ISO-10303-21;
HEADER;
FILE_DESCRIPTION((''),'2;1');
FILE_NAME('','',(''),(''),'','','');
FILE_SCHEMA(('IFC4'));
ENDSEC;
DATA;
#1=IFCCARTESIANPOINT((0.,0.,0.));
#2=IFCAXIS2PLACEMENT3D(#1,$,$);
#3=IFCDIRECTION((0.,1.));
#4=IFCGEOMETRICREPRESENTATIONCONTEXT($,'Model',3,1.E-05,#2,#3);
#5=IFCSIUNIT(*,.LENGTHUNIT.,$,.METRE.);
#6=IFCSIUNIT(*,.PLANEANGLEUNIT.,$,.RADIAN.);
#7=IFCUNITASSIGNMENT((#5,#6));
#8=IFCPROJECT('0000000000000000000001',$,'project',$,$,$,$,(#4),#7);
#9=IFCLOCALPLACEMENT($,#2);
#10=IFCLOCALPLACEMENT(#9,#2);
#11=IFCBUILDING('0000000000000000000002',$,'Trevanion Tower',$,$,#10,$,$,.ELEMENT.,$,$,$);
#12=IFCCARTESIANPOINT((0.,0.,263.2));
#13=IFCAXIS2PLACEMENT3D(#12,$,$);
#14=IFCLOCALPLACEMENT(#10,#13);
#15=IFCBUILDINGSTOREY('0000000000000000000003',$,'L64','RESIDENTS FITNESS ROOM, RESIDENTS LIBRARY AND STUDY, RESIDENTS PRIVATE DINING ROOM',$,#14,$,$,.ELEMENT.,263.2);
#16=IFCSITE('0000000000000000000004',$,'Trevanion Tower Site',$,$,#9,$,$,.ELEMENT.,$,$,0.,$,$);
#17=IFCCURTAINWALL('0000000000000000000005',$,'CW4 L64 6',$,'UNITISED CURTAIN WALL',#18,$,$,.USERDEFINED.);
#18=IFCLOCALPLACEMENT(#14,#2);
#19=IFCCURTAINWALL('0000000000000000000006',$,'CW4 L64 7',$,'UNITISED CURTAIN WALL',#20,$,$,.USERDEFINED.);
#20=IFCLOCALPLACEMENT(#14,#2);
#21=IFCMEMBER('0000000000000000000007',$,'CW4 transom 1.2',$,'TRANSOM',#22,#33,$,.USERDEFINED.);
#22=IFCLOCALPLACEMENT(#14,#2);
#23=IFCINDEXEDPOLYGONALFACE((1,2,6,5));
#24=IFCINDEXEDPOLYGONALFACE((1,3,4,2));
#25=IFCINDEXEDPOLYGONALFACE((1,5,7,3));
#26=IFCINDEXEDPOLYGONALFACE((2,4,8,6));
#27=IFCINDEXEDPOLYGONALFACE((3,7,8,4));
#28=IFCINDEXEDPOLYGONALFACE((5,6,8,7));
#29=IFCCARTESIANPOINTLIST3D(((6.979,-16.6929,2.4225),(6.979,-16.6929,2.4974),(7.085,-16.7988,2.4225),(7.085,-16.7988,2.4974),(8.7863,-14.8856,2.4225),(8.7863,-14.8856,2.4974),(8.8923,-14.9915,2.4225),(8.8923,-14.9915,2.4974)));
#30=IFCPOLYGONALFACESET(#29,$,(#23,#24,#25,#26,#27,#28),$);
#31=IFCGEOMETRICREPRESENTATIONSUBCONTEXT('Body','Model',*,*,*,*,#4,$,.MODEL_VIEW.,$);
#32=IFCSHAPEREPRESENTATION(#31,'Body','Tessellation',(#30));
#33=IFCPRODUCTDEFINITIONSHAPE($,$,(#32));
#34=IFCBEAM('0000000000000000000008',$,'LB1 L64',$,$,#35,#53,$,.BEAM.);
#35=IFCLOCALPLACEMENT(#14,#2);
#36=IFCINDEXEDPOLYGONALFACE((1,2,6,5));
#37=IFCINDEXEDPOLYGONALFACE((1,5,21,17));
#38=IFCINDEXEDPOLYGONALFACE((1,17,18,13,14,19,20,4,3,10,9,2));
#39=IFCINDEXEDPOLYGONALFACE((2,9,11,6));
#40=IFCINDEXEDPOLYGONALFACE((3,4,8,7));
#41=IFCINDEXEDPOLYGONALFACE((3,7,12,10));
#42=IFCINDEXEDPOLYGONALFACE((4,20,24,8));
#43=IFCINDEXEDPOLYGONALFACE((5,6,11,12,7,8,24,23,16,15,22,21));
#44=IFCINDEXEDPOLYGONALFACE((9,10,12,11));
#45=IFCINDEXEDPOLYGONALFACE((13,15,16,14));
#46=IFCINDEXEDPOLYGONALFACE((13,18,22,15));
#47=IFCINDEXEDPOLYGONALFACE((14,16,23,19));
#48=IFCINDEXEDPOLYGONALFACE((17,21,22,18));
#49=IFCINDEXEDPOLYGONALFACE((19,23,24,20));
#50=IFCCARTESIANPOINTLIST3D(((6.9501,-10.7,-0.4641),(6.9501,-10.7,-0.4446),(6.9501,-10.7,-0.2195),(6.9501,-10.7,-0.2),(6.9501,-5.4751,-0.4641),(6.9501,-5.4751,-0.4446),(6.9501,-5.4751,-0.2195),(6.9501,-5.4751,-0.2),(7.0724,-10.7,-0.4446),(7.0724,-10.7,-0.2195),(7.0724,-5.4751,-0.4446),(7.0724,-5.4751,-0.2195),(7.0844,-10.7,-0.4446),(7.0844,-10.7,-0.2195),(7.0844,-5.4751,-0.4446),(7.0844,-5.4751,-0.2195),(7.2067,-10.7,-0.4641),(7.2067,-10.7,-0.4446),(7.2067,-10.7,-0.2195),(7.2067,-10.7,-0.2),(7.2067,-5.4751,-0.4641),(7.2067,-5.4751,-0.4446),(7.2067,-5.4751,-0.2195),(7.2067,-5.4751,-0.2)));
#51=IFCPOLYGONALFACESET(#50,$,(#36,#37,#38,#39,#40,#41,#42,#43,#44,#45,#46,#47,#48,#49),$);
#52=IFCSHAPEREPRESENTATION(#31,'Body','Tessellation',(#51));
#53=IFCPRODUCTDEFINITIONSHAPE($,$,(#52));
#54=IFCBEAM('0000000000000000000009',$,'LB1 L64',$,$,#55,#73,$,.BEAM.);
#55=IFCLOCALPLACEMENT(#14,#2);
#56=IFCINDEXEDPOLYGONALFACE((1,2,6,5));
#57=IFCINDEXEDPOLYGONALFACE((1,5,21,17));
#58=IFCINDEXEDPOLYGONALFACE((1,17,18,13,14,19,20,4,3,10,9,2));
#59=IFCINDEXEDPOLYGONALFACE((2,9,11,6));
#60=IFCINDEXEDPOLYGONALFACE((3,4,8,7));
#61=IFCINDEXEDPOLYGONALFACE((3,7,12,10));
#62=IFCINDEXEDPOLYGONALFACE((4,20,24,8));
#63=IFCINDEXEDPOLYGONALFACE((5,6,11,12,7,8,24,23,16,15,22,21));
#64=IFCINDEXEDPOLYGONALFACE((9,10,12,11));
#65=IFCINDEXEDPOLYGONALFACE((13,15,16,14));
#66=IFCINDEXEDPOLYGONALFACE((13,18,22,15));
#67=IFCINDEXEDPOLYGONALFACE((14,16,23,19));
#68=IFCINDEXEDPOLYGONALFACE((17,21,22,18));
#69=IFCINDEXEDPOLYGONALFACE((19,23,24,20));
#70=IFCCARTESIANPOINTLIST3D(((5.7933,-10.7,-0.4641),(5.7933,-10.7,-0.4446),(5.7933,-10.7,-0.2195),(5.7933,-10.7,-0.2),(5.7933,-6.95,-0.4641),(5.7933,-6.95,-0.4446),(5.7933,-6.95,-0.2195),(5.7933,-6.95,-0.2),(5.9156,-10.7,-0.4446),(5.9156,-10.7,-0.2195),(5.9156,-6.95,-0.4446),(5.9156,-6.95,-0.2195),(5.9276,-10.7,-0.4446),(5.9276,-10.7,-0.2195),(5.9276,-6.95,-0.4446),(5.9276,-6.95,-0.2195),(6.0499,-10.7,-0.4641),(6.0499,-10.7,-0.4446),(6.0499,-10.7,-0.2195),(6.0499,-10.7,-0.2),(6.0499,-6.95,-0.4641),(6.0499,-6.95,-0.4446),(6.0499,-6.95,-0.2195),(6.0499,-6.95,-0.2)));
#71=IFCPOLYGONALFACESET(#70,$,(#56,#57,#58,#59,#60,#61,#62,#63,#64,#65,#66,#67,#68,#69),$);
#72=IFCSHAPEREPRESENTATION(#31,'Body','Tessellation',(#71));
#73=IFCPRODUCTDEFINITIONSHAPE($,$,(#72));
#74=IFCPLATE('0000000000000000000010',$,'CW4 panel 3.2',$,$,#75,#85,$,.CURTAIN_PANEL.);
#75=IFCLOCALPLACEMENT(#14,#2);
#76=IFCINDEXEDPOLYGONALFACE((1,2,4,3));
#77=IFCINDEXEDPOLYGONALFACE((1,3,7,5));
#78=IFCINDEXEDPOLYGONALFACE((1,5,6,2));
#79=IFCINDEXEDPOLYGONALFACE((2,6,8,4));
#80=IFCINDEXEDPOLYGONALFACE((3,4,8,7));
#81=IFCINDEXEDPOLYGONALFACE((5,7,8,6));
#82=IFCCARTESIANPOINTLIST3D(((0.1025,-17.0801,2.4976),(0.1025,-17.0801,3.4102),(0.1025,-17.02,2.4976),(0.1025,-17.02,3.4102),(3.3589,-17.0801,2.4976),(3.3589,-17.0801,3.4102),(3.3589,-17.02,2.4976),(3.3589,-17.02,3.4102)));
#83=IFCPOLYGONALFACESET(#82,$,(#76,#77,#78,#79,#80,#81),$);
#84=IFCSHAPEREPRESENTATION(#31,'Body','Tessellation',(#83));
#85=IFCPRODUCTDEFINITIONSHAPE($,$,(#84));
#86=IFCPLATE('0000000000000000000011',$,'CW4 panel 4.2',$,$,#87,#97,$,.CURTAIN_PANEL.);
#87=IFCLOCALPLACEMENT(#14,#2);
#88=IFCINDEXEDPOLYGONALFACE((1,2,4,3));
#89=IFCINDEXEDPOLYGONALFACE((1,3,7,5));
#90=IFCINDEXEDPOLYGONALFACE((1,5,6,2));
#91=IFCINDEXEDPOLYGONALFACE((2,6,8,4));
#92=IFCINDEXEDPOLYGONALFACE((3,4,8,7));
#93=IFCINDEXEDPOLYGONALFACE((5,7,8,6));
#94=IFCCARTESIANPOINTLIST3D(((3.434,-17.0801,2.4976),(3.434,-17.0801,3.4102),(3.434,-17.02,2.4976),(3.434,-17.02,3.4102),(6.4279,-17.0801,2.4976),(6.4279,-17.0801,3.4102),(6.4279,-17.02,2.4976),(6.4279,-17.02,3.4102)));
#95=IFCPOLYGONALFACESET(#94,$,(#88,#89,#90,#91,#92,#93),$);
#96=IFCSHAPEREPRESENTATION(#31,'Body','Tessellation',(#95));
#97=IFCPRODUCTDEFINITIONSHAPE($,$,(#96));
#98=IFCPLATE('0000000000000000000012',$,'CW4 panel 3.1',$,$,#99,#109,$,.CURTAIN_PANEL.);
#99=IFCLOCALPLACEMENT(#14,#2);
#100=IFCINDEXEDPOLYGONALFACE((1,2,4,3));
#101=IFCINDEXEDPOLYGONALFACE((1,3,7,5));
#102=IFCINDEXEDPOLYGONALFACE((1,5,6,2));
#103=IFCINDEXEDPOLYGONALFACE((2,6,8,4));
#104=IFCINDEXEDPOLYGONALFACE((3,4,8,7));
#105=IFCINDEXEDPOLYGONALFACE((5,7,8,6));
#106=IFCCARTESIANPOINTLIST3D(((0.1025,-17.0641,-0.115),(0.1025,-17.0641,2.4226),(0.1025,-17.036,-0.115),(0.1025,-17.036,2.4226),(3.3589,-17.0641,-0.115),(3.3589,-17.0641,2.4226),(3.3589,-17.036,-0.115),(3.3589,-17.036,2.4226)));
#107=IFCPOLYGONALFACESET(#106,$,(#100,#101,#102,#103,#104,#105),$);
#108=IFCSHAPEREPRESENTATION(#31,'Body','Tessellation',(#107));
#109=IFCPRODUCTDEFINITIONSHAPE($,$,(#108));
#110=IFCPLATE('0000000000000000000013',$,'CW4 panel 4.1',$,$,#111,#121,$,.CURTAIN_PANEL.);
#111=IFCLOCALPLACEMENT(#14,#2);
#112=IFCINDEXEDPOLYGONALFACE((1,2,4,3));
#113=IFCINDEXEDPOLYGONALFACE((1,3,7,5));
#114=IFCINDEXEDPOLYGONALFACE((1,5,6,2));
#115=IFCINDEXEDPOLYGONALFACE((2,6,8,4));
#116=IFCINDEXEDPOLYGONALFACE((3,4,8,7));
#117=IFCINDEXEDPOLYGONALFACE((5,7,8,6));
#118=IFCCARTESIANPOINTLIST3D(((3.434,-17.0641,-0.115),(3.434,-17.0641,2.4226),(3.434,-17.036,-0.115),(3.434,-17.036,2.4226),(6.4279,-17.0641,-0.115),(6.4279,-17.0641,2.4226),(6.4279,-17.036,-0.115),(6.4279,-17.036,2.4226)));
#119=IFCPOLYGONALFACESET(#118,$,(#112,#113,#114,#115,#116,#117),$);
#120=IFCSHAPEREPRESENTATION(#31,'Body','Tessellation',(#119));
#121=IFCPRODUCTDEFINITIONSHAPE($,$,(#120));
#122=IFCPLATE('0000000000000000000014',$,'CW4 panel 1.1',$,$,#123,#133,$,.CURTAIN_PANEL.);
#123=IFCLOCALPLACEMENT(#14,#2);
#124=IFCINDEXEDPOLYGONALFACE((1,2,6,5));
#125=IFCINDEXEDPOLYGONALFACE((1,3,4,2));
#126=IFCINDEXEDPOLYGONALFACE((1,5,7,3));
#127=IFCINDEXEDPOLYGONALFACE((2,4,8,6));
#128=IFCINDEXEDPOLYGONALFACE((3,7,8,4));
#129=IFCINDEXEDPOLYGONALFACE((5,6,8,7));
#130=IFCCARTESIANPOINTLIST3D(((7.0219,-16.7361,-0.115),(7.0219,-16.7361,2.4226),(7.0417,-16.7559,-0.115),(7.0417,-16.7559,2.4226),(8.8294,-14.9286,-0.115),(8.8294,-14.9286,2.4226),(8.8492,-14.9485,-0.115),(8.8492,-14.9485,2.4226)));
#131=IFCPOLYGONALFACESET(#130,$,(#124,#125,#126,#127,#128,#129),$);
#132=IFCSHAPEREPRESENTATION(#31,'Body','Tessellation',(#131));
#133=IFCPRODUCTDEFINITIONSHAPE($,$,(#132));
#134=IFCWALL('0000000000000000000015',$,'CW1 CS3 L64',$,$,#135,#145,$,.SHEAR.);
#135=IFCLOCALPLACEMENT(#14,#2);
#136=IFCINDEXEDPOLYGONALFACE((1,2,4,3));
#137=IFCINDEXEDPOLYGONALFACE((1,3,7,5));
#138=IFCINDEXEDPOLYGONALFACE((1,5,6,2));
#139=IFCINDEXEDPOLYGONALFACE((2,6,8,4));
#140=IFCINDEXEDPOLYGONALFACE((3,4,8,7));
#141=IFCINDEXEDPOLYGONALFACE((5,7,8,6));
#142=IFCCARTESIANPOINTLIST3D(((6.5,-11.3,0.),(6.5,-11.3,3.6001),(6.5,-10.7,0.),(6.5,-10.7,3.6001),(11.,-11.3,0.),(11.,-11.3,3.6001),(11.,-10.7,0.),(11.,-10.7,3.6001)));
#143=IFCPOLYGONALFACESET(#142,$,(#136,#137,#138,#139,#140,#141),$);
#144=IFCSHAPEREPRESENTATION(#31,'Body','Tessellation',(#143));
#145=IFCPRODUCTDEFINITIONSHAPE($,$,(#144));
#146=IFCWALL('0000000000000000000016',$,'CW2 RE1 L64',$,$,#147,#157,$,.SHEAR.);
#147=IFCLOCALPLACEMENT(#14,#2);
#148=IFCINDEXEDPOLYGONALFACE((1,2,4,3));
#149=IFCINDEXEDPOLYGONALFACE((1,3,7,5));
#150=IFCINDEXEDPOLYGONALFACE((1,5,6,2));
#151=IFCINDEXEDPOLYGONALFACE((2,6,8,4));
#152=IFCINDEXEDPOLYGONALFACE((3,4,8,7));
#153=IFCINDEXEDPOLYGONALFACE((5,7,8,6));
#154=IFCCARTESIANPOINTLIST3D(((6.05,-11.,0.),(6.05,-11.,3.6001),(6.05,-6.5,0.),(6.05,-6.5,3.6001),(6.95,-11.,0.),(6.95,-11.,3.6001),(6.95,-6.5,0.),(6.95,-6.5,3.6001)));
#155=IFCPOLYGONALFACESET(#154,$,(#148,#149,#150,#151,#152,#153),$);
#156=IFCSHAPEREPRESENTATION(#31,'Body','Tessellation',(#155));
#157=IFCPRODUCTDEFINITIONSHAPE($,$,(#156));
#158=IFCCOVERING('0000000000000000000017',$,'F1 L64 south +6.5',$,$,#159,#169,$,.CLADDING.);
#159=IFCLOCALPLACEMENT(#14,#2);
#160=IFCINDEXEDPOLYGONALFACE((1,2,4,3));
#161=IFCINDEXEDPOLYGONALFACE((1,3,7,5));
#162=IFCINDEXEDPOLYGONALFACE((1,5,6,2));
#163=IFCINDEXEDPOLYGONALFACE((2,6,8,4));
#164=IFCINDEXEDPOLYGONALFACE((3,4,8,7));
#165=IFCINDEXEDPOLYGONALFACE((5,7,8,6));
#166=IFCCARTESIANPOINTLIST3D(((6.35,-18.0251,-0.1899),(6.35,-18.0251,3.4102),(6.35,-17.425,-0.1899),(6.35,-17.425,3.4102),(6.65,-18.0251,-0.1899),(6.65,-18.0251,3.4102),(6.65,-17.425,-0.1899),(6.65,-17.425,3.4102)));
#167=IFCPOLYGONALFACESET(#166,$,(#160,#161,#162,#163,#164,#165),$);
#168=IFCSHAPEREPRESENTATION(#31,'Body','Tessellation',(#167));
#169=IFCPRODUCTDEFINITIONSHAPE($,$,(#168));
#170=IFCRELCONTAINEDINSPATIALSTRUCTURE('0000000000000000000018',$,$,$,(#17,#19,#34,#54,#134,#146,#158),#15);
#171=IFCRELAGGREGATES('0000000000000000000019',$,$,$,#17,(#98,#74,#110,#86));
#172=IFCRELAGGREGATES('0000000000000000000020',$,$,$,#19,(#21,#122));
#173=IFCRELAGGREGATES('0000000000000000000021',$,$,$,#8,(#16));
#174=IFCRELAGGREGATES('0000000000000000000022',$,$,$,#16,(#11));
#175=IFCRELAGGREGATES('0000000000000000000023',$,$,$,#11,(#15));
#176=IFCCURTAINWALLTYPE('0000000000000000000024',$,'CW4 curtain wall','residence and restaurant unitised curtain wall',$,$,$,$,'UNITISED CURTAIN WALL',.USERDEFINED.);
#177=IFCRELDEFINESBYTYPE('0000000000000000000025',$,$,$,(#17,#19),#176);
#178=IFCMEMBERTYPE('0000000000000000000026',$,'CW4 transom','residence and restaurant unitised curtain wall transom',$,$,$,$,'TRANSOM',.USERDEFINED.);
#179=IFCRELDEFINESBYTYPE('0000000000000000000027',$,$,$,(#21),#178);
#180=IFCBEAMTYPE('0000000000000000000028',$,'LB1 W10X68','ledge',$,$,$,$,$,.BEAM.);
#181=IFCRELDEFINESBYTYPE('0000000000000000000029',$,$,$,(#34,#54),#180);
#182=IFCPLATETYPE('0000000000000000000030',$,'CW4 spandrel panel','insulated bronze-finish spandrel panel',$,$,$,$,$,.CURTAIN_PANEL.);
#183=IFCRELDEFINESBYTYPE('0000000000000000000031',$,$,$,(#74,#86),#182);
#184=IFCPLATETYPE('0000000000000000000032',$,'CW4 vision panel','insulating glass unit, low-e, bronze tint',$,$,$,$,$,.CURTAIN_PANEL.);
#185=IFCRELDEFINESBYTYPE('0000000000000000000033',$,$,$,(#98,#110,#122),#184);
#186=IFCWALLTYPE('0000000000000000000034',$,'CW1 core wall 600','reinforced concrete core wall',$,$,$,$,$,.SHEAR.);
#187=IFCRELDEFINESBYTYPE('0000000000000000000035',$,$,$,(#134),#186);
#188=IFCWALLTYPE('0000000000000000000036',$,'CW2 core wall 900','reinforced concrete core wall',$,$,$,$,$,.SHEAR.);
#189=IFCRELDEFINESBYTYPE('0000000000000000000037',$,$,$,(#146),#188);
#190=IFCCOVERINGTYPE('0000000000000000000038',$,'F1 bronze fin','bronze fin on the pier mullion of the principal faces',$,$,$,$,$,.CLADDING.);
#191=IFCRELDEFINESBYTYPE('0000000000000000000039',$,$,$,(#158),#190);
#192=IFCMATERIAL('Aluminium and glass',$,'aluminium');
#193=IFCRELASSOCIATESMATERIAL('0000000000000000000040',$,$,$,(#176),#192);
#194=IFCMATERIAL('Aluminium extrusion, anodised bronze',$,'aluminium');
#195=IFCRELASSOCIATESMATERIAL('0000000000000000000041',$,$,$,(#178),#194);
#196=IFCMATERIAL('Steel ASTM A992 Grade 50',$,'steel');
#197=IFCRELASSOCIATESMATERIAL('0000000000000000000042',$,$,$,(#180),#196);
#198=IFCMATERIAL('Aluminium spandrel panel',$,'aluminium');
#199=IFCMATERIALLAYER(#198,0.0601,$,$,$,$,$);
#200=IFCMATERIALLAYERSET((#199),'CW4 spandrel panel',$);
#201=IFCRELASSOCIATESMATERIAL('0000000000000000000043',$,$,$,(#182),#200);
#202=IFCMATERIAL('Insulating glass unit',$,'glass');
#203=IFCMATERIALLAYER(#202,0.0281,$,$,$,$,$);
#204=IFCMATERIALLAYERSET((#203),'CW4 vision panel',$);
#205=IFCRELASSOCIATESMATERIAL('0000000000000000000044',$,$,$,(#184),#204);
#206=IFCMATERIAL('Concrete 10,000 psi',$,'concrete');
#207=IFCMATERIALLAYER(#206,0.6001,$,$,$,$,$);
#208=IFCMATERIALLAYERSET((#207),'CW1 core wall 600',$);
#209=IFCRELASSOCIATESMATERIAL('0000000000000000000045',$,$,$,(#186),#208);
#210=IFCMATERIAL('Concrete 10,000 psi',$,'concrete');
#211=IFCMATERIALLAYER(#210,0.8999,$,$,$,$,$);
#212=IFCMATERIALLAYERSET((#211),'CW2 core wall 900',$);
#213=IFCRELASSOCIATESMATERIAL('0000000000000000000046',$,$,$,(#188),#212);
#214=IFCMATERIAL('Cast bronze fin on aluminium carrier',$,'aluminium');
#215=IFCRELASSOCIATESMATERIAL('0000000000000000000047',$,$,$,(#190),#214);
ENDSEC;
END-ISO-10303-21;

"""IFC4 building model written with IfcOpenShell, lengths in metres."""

from ifc_helpers import new_model, si_unit, direction, frame, frame_2d, origin, origin_2d, place, context, subcontext, project, spatial, rectangle, i_section, extrude, material, layer, layer_set, material_profile, profile_set, type_object, element, aggregate, save


model = new_model("IFC4")

# Units and contexts
model_context = context("Model", 3, precision=1e-05, world=origin(), true_north=direction((0.0, 1.0)))
body_context = subcontext(model_context, "Body", "Model", "MODEL_VIEW")
ifc_project = project(units=[si_unit("LENGTHUNIT", "METRE"), si_unit("PLANEANGLEUNIT", "RADIAN")], contexts=[model_context])

# Site, building, storey
site_placement = place(None, origin())
site = spatial("IfcSite", under=ifc_project, at=site_placement, Name="Trevanion Tower Site", CompositionType="ELEMENT", RefElevation=0.0)
building_placement = place(site_placement, origin())
building = spatial("IfcBuilding", under=site, at=building_placement, Name="Trevanion Tower", CompositionType="ELEMENT")
storey_placement = place(building_placement, frame((0.0, 0.0, 263.2)))
storey = spatial("IfcBuildingStorey", under=building, at=storey_placement, Name="L64", Description="RESIDENTS FITNESS ROOM, RESIDENTS LIBRARY AND STUDY, RESIDENTS PRIVATE DINING ROOM", CompositionType="ELEMENT", Elevation=263.2)

# Curtain wall
ifc_material_1 = material(Name="Aluminium and glass", Category="aluminium")
curtain_wall_type = type_object("IfcCurtainWallType", Name="CW4 curtain wall", Description="residence and restaurant unitised curtain wall", ElementType="UNITISED CURTAIN WALL", PredefinedType="USERDEFINED", material=ifc_material_1)
curtain_wall_1_placement = place(storey_placement, origin())
curtain_wall_1 = element("IfcCurtainWall", 1, at=curtain_wall_1_placement, inside=storey, type_object=curtain_wall_type, Name="CW4 L64 6", ObjectType="UNITISED CURTAIN WALL", PredefinedType="USERDEFINED")

# Curtain wall
curtain_wall_2_placement = place(storey_placement, origin())
curtain_wall_2 = element("IfcCurtainWall", 2, at=curtain_wall_2_placement, inside=storey, type_object=curtain_wall_type, Name="CW4 L64 7", ObjectType="UNITISED CURTAIN WALL", PredefinedType="USERDEFINED")

# Member
ifc_material_2 = material(Name="Aluminium extrusion, anodised bronze", Category="aluminium")
ifc_material_profile_1 = material_profile(ifc_material_2, rectangle(XDim=0.1499, YDim=0.075, at=origin_2d()), Name="CW4 transom")
ifc_profile_set_1 = profile_set([ifc_material_profile_1], Name="Aluminium extrusion, anodised bronze")
member_type_1 = type_object("IfcMemberType", Name="CW4 transom", Description="residence and restaurant unitised curtain wall transom", ElementType="TRANSOM", PredefinedType="USERDEFINED", material=ifc_profile_set_1)
member_1_placement = place(storey_placement, frame((7.032, -16.7458, 2.46), z_axis=(0.707107, 0.707107, 0.0), x_axis=(-0.707107, 0.707107, 0.0)))
member_1 = element("IfcMember", 3, at=member_1_placement, type_object=member_type_1, Name="CW4 transom 1.2", ObjectType="TRANSOM", PredefinedType="USERDEFINED", context=body_context, shape_type="SweptSolid", body=[
    extrude(rectangle(XDim=0.1499, YDim=0.075, at=origin_2d()), origin(), (0.0, 0.0, 1.0), 2.5559),
])

# Beams
ifc_material_3 = material(Name="Steel ASTM A992 Grade 50", Category="steel")
ifc_material_profile_2 = material_profile(ifc_material_3, i_section(OverallWidth=0.2566, OverallDepth=0.2642, WebThickness=0.012, FlangeThickness=0.0195, at=origin_2d()), Name="W10X68")
ifc_profile_set_2 = profile_set([ifc_material_profile_2], Name="Steel ASTM A992 Grade 50")
beam_type_1 = type_object("IfcBeamType", Name="LB1 W10X68", Description="ledge", PredefinedType="BEAM", material=ifc_profile_set_2)
beam_1_placement = place(storey_placement, frame((7.0784, -10.7, -0.332), z_axis=(0.0, 1.0, 0.0), x_axis=(-1.0, 0.0, 0.0)))
element("IfcBeam", 4, at=beam_1_placement, inside=storey, type_object=beam_type_1, Name="LB1 L64", PredefinedType="BEAM", context=body_context, shape_type="SweptSolid", body=[
    extrude(i_section(OverallWidth=0.2566, OverallDepth=0.2642, WebThickness=0.012, FlangeThickness=0.0195, at=origin_2d()), origin(), (0.0, 0.0, 1.0), 5.2249),
])
beam_2_placement = place(storey_placement, frame((5.9216, -10.7, -0.332), z_axis=(0.0, 1.0, 0.0), x_axis=(-1.0, 0.0, 0.0)))
element("IfcBeam", 5, at=beam_2_placement, inside=storey, type_object=beam_type_1, Name="LB1 L64", PredefinedType="BEAM", context=body_context, shape_type="SweptSolid", body=[
    extrude(i_section(OverallWidth=0.2566, OverallDepth=0.2642, WebThickness=0.012, FlangeThickness=0.0195, at=origin_2d()), origin(), (0.0, 0.0, 1.0), 3.75),
])

# Plates
ifc_material_4 = material(Name="Aluminium spandrel panel", Category="aluminium")
ifc_layer_1 = layer(ifc_material_4, 0.0601)
ifc_layer_set_1 = layer_set([ifc_layer_1], Name="CW4 spandrel panel")
plate_type_1 = type_object("IfcPlateType", Name="CW4 spandrel panel", Description="insulated bronze-finish spandrel panel", PredefinedType="CURTAIN_PANEL", material=ifc_layer_set_1)
plate_1_placement = place(storey_placement, frame((1.7307, -17.05, 2.4976), z_axis=(0.0, 0.0, 1.0), x_axis=(1.0, 0.0, 0.0)))
plate_1 = element("IfcPlate", 6, at=plate_1_placement, type_object=plate_type_1, Name="CW4 panel 3.2", PredefinedType="CURTAIN_PANEL", context=body_context, shape_type="SweptSolid", body=[
    extrude(rectangle(XDim=3.2563, YDim=0.0601, at=origin_2d()), origin(), (0.0, 0.0, 1.0), 0.9126),
])
plate_2_placement = place(storey_placement, frame((4.9309, -17.05, 2.4976), z_axis=(0.0, 0.0, 1.0), x_axis=(1.0, 0.0, 0.0)))
plate_2 = element("IfcPlate", 7, at=plate_2_placement, type_object=plate_type_1, Name="CW4 panel 4.2", PredefinedType="CURTAIN_PANEL", context=body_context, shape_type="SweptSolid", body=[
    extrude(rectangle(XDim=2.9939, YDim=0.0601, at=origin_2d()), origin(), (0.0, 0.0, 1.0), 0.9126),
])
ifc_material_5 = material(Name="Insulating glass unit", Category="glass")
ifc_layer_2 = layer(ifc_material_5, 0.0281)
ifc_layer_set_2 = layer_set([ifc_layer_2], Name="CW4 vision panel")
plate_type_2 = type_object("IfcPlateType", Name="CW4 vision panel", Description="insulating glass unit, low-e, bronze tint", PredefinedType="CURTAIN_PANEL", material=ifc_layer_set_2)
plate_3_placement = place(storey_placement, frame((1.7307, -17.05, -0.115), z_axis=(0.0, 0.0, 1.0), x_axis=(1.0, 0.0, 0.0)))
plate_3 = element("IfcPlate", 8, at=plate_3_placement, type_object=plate_type_2, Name="CW4 panel 3.1", PredefinedType="CURTAIN_PANEL", context=body_context, shape_type="SweptSolid", body=[
    extrude(rectangle(XDim=3.2563, YDim=0.0281, at=origin_2d()), origin(), (0.0, 0.0, 1.0), 2.5376),
])
plate_4_placement = place(storey_placement, frame((4.9309, -17.05, -0.115), z_axis=(0.0, 0.0, 1.0), x_axis=(1.0, 0.0, 0.0)))
plate_4 = element("IfcPlate", 9, at=plate_4_placement, type_object=plate_type_2, Name="CW4 panel 4.1", PredefinedType="CURTAIN_PANEL", context=body_context, shape_type="SweptSolid", body=[
    extrude(rectangle(XDim=2.9939, YDim=0.0281, at=origin_2d()), origin(), (0.0, 0.0, 1.0), 2.5376),
])
aggregate(curtain_wall_1, [plate_3, plate_1, plate_4, plate_2])
plate_5_placement = place(storey_placement, frame((7.9355, -15.8423, -0.115), z_axis=(0.0, 0.0, 1.0), x_axis=(0.707107, 0.707107, 0.0)))
plate_5 = element("IfcPlate", 10, at=plate_5_placement, type_object=plate_type_2, Name="CW4 panel 1.1", PredefinedType="CURTAIN_PANEL", context=body_context, shape_type="SweptSolid", body=[
    extrude(rectangle(XDim=2.5562, YDim=0.0281, at=origin_2d()), origin(), (0.0, 0.0, 1.0), 2.5376),
])
aggregate(curtain_wall_2, [member_1, plate_5])

# Walls
ifc_material_6 = material(Name="Concrete 10,000 psi", Category="concrete")
ifc_layer_3 = layer(ifc_material_6, 0.6001)
ifc_layer_set_3 = layer_set([ifc_layer_3], Name="CW1 core wall 600")
wall_type_1 = type_object("IfcWallType", Name="CW1 core wall 600", Description="reinforced concrete core wall", PredefinedType="SHEAR", material=ifc_layer_set_3)
wall_1_placement = place(storey_placement, frame((6.5, -11.0, 0.0), z_axis=(0.0, 0.0, 1.0), x_axis=(1.0, 0.0, 0.0)))
element("IfcWall", 11, at=wall_1_placement, inside=storey, type_object=wall_type_1, Name="CW1 CS3 L64", PredefinedType="SHEAR", context=body_context, shape_type="SweptSolid", body=[
    extrude(rectangle(XDim=4.5, YDim=0.6001, at=frame_2d((2.25, 0.0))), origin(), (0.0, 0.0, 1.0), 3.6001),
])
ifc_material_7 = material(Name="Concrete 10,000 psi", Category="concrete")
ifc_layer_4 = layer(ifc_material_7, 0.8999)
ifc_layer_set_4 = layer_set([ifc_layer_4], Name="CW2 core wall 900")
wall_type_2 = type_object("IfcWallType", Name="CW2 core wall 900", Description="reinforced concrete core wall", PredefinedType="SHEAR", material=ifc_layer_set_4)
wall_2_placement = place(storey_placement, frame((6.5, -11.0, 0.0), z_axis=(0.0, 0.0, 1.0), x_axis=(0.0, 1.0, 0.0)))
element("IfcWall", 12, at=wall_2_placement, inside=storey, type_object=wall_type_2, Name="CW2 RE1 L64", PredefinedType="SHEAR", context=body_context, shape_type="SweptSolid", body=[
    extrude(rectangle(XDim=4.5, YDim=0.8999, at=frame_2d((2.25, 0.0))), origin(), (0.0, 0.0, 1.0), 3.6001),
])

# Covering
ifc_material_8 = material(Name="Cast bronze fin on aluminium carrier", Category="aluminium")
covering_type = type_object("IfcCoveringType", Name="F1 bronze fin", Description="bronze fin on the pier mullion of the principal faces", PredefinedType="CLADDING", material=ifc_material_8)
covering_placement = place(storey_placement, frame((6.5, -17.7251, -0.1899), z_axis=(0.0, 0.0, 1.0), x_axis=(1.0, 0.0, 0.0)))
element("IfcCovering", 13, at=covering_placement, inside=storey, type_object=covering_type, Name="F1 L64 south +6.5", PredefinedType="CLADDING", context=body_context, shape_type="SweptSolid", body=[
    extrude(rectangle(XDim=0.3, YDim=0.6001, at=origin_2d()), origin(), (0.0, 0.0, 1.0), 3.6001),
])

save(model, "model.ifc")
